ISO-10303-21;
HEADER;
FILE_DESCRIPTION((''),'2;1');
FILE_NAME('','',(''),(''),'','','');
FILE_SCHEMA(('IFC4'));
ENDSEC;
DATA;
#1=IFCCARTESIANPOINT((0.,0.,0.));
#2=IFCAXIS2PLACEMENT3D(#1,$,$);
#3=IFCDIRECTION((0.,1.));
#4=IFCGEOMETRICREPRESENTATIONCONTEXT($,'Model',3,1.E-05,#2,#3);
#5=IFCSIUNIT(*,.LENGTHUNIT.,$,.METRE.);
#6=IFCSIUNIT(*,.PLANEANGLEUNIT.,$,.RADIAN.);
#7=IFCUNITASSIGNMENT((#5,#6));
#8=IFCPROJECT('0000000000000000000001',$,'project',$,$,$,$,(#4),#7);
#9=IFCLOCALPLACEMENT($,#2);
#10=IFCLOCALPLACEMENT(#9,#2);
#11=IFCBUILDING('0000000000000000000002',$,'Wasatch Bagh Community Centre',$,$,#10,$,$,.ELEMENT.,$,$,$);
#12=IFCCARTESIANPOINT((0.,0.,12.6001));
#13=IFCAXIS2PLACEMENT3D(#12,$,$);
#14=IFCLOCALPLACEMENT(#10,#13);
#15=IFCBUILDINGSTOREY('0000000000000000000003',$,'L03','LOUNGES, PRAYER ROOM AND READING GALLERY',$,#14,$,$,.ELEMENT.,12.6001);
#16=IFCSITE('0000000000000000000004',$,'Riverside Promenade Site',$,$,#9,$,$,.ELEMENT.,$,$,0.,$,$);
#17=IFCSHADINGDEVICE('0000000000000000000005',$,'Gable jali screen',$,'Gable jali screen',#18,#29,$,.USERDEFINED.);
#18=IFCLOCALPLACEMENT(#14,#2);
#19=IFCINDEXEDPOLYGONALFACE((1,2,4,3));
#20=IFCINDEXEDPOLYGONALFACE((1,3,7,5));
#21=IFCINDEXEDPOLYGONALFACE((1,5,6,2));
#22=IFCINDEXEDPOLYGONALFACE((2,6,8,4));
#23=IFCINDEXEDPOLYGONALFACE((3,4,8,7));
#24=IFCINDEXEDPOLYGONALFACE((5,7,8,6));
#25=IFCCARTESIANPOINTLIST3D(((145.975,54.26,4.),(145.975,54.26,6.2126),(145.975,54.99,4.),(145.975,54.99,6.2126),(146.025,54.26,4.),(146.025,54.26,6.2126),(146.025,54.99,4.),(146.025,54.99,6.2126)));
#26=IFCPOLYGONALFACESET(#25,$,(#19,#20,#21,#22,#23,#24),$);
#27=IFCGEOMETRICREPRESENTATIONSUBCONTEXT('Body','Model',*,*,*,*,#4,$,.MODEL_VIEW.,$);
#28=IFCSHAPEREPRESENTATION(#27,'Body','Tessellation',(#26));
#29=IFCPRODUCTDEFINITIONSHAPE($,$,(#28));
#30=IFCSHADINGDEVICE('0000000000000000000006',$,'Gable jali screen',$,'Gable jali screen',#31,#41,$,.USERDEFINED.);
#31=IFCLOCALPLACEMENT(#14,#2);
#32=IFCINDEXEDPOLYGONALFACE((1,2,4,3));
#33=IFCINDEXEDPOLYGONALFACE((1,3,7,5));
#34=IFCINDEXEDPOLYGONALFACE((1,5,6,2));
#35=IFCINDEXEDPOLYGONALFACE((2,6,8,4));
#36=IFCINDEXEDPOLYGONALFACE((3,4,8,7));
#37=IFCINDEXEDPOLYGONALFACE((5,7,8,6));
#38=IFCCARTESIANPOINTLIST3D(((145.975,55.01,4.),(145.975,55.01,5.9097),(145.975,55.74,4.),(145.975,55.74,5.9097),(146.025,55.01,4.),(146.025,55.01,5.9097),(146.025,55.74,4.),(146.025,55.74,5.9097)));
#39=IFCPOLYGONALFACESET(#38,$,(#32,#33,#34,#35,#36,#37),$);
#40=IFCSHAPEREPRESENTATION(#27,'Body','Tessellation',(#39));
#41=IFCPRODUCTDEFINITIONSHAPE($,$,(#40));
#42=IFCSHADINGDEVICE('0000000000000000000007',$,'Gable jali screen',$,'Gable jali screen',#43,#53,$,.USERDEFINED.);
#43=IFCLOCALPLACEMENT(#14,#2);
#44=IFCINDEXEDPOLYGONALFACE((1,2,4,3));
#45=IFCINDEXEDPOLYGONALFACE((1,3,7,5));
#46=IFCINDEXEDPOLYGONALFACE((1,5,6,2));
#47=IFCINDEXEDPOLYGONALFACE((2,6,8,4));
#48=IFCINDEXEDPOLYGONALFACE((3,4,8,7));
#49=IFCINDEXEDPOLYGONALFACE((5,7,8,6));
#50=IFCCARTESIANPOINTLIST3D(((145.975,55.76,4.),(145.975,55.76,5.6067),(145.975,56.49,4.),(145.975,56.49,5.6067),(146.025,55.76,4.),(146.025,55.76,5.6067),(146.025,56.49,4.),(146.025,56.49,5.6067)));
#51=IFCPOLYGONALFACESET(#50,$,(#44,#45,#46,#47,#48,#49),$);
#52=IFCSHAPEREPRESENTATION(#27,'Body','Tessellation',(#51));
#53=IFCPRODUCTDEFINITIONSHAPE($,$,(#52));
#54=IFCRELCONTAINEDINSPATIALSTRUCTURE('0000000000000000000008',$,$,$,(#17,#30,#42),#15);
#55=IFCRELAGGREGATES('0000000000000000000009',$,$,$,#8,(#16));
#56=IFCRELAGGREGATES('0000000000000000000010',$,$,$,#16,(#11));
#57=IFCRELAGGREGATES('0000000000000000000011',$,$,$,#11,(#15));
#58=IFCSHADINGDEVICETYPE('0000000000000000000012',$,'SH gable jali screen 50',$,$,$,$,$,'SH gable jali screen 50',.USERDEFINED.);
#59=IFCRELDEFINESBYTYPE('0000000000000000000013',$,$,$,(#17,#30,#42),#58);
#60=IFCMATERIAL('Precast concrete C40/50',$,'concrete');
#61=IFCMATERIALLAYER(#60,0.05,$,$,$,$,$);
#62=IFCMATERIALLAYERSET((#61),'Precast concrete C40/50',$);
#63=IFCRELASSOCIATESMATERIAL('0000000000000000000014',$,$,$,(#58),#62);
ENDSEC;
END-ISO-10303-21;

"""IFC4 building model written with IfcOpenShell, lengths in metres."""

from ifc_helpers import new_model, si_unit, direction, frame, origin, origin_2d, place, context, subcontext, project, spatial, rectangle, extrude, material, layer, layer_set, type_object, element, save


model = new_model("IFC4")

# Units and contexts
model_context = context("Model", 3, precision=1e-05, world=origin(), true_north=direction((0.0, 1.0)))
body_context = subcontext(model_context, "Body", "Model", "MODEL_VIEW")
ifc_project = project(units=[si_unit("LENGTHUNIT", "METRE"), si_unit("PLANEANGLEUNIT", "RADIAN")], contexts=[model_context])

# Site, building, storey
site_placement = place(None, origin())
site = spatial("IfcSite", under=ifc_project, at=site_placement, Name="Riverside Promenade Site", CompositionType="ELEMENT", RefElevation=0.0)
building_placement = place(site_placement, origin())
building = spatial("IfcBuilding", under=site, at=building_placement, Name="Wasatch Bagh Community Centre", CompositionType="ELEMENT")
storey_placement = place(building_placement, frame((0.0, 0.0, 12.6001)))
storey = spatial("IfcBuildingStorey", under=building, at=storey_placement, Name="L03", Description="LOUNGES, PRAYER ROOM AND READING GALLERY", CompositionType="ELEMENT", Elevation=12.6001)

# Shading devices
ifc_material_1 = material(Name="Precast concrete C40/50", Category="concrete")
ifc_layer_1 = layer(ifc_material_1, 0.05)
ifc_layer_set_1 = layer_set([ifc_layer_1], Name="Precast concrete C40/50")
shading_device_type = type_object("IfcShadingDeviceType", Name="SH gable jali screen 50", ElementType="SH gable jali screen 50", PredefinedType="USERDEFINED", material=ifc_layer_set_1)
shading_device_1_placement = place(storey_placement, frame((146.0, 54.625, 4.0), z_axis=(0.0, 0.0, 1.0), x_axis=(1.0, 0.0, 0.0)))
element("IfcShadingDevice", 1, at=shading_device_1_placement, inside=storey, type_object=shading_device_type, Name="Gable jali screen", ObjectType="Gable jali screen", PredefinedType="USERDEFINED", context=body_context, shape_type="SweptSolid", body=[
    extrude(rectangle(XDim=0.05, YDim=0.73, at=origin_2d()), origin(), (0.0, 0.0, 1.0), 2.2126),
])
shading_device_2_placement = place(storey_placement, frame((146.0, 55.375, 4.0), z_axis=(0.0, 0.0, 1.0), x_axis=(1.0, 0.0, 0.0)))
element("IfcShadingDevice", 2, at=shading_device_2_placement, inside=storey, type_object=shading_device_type, Name="Gable jali screen", ObjectType="Gable jali screen", PredefinedType="USERDEFINED", context=body_context, shape_type="SweptSolid", body=[
    extrude(rectangle(XDim=0.05, YDim=0.73, at=origin_2d()), origin(), (0.0, 0.0, 1.0), 1.9097),
])
shading_device_3_placement = place(storey_placement, frame((146.0, 56.125, 4.0), z_axis=(0.0, 0.0, 1.0), x_axis=(1.0, 0.0, 0.0)))
element("IfcShadingDevice", 3, at=shading_device_3_placement, inside=storey, type_object=shading_device_type, Name="Gable jali screen", ObjectType="Gable jali screen", PredefinedType="USERDEFINED", context=body_context, shape_type="SweptSolid", body=[
    extrude(rectangle(XDim=0.05, YDim=0.73, at=origin_2d()), origin(), (0.0, 0.0, 1.0), 1.6067),
])

save(model, "model.ifc")
